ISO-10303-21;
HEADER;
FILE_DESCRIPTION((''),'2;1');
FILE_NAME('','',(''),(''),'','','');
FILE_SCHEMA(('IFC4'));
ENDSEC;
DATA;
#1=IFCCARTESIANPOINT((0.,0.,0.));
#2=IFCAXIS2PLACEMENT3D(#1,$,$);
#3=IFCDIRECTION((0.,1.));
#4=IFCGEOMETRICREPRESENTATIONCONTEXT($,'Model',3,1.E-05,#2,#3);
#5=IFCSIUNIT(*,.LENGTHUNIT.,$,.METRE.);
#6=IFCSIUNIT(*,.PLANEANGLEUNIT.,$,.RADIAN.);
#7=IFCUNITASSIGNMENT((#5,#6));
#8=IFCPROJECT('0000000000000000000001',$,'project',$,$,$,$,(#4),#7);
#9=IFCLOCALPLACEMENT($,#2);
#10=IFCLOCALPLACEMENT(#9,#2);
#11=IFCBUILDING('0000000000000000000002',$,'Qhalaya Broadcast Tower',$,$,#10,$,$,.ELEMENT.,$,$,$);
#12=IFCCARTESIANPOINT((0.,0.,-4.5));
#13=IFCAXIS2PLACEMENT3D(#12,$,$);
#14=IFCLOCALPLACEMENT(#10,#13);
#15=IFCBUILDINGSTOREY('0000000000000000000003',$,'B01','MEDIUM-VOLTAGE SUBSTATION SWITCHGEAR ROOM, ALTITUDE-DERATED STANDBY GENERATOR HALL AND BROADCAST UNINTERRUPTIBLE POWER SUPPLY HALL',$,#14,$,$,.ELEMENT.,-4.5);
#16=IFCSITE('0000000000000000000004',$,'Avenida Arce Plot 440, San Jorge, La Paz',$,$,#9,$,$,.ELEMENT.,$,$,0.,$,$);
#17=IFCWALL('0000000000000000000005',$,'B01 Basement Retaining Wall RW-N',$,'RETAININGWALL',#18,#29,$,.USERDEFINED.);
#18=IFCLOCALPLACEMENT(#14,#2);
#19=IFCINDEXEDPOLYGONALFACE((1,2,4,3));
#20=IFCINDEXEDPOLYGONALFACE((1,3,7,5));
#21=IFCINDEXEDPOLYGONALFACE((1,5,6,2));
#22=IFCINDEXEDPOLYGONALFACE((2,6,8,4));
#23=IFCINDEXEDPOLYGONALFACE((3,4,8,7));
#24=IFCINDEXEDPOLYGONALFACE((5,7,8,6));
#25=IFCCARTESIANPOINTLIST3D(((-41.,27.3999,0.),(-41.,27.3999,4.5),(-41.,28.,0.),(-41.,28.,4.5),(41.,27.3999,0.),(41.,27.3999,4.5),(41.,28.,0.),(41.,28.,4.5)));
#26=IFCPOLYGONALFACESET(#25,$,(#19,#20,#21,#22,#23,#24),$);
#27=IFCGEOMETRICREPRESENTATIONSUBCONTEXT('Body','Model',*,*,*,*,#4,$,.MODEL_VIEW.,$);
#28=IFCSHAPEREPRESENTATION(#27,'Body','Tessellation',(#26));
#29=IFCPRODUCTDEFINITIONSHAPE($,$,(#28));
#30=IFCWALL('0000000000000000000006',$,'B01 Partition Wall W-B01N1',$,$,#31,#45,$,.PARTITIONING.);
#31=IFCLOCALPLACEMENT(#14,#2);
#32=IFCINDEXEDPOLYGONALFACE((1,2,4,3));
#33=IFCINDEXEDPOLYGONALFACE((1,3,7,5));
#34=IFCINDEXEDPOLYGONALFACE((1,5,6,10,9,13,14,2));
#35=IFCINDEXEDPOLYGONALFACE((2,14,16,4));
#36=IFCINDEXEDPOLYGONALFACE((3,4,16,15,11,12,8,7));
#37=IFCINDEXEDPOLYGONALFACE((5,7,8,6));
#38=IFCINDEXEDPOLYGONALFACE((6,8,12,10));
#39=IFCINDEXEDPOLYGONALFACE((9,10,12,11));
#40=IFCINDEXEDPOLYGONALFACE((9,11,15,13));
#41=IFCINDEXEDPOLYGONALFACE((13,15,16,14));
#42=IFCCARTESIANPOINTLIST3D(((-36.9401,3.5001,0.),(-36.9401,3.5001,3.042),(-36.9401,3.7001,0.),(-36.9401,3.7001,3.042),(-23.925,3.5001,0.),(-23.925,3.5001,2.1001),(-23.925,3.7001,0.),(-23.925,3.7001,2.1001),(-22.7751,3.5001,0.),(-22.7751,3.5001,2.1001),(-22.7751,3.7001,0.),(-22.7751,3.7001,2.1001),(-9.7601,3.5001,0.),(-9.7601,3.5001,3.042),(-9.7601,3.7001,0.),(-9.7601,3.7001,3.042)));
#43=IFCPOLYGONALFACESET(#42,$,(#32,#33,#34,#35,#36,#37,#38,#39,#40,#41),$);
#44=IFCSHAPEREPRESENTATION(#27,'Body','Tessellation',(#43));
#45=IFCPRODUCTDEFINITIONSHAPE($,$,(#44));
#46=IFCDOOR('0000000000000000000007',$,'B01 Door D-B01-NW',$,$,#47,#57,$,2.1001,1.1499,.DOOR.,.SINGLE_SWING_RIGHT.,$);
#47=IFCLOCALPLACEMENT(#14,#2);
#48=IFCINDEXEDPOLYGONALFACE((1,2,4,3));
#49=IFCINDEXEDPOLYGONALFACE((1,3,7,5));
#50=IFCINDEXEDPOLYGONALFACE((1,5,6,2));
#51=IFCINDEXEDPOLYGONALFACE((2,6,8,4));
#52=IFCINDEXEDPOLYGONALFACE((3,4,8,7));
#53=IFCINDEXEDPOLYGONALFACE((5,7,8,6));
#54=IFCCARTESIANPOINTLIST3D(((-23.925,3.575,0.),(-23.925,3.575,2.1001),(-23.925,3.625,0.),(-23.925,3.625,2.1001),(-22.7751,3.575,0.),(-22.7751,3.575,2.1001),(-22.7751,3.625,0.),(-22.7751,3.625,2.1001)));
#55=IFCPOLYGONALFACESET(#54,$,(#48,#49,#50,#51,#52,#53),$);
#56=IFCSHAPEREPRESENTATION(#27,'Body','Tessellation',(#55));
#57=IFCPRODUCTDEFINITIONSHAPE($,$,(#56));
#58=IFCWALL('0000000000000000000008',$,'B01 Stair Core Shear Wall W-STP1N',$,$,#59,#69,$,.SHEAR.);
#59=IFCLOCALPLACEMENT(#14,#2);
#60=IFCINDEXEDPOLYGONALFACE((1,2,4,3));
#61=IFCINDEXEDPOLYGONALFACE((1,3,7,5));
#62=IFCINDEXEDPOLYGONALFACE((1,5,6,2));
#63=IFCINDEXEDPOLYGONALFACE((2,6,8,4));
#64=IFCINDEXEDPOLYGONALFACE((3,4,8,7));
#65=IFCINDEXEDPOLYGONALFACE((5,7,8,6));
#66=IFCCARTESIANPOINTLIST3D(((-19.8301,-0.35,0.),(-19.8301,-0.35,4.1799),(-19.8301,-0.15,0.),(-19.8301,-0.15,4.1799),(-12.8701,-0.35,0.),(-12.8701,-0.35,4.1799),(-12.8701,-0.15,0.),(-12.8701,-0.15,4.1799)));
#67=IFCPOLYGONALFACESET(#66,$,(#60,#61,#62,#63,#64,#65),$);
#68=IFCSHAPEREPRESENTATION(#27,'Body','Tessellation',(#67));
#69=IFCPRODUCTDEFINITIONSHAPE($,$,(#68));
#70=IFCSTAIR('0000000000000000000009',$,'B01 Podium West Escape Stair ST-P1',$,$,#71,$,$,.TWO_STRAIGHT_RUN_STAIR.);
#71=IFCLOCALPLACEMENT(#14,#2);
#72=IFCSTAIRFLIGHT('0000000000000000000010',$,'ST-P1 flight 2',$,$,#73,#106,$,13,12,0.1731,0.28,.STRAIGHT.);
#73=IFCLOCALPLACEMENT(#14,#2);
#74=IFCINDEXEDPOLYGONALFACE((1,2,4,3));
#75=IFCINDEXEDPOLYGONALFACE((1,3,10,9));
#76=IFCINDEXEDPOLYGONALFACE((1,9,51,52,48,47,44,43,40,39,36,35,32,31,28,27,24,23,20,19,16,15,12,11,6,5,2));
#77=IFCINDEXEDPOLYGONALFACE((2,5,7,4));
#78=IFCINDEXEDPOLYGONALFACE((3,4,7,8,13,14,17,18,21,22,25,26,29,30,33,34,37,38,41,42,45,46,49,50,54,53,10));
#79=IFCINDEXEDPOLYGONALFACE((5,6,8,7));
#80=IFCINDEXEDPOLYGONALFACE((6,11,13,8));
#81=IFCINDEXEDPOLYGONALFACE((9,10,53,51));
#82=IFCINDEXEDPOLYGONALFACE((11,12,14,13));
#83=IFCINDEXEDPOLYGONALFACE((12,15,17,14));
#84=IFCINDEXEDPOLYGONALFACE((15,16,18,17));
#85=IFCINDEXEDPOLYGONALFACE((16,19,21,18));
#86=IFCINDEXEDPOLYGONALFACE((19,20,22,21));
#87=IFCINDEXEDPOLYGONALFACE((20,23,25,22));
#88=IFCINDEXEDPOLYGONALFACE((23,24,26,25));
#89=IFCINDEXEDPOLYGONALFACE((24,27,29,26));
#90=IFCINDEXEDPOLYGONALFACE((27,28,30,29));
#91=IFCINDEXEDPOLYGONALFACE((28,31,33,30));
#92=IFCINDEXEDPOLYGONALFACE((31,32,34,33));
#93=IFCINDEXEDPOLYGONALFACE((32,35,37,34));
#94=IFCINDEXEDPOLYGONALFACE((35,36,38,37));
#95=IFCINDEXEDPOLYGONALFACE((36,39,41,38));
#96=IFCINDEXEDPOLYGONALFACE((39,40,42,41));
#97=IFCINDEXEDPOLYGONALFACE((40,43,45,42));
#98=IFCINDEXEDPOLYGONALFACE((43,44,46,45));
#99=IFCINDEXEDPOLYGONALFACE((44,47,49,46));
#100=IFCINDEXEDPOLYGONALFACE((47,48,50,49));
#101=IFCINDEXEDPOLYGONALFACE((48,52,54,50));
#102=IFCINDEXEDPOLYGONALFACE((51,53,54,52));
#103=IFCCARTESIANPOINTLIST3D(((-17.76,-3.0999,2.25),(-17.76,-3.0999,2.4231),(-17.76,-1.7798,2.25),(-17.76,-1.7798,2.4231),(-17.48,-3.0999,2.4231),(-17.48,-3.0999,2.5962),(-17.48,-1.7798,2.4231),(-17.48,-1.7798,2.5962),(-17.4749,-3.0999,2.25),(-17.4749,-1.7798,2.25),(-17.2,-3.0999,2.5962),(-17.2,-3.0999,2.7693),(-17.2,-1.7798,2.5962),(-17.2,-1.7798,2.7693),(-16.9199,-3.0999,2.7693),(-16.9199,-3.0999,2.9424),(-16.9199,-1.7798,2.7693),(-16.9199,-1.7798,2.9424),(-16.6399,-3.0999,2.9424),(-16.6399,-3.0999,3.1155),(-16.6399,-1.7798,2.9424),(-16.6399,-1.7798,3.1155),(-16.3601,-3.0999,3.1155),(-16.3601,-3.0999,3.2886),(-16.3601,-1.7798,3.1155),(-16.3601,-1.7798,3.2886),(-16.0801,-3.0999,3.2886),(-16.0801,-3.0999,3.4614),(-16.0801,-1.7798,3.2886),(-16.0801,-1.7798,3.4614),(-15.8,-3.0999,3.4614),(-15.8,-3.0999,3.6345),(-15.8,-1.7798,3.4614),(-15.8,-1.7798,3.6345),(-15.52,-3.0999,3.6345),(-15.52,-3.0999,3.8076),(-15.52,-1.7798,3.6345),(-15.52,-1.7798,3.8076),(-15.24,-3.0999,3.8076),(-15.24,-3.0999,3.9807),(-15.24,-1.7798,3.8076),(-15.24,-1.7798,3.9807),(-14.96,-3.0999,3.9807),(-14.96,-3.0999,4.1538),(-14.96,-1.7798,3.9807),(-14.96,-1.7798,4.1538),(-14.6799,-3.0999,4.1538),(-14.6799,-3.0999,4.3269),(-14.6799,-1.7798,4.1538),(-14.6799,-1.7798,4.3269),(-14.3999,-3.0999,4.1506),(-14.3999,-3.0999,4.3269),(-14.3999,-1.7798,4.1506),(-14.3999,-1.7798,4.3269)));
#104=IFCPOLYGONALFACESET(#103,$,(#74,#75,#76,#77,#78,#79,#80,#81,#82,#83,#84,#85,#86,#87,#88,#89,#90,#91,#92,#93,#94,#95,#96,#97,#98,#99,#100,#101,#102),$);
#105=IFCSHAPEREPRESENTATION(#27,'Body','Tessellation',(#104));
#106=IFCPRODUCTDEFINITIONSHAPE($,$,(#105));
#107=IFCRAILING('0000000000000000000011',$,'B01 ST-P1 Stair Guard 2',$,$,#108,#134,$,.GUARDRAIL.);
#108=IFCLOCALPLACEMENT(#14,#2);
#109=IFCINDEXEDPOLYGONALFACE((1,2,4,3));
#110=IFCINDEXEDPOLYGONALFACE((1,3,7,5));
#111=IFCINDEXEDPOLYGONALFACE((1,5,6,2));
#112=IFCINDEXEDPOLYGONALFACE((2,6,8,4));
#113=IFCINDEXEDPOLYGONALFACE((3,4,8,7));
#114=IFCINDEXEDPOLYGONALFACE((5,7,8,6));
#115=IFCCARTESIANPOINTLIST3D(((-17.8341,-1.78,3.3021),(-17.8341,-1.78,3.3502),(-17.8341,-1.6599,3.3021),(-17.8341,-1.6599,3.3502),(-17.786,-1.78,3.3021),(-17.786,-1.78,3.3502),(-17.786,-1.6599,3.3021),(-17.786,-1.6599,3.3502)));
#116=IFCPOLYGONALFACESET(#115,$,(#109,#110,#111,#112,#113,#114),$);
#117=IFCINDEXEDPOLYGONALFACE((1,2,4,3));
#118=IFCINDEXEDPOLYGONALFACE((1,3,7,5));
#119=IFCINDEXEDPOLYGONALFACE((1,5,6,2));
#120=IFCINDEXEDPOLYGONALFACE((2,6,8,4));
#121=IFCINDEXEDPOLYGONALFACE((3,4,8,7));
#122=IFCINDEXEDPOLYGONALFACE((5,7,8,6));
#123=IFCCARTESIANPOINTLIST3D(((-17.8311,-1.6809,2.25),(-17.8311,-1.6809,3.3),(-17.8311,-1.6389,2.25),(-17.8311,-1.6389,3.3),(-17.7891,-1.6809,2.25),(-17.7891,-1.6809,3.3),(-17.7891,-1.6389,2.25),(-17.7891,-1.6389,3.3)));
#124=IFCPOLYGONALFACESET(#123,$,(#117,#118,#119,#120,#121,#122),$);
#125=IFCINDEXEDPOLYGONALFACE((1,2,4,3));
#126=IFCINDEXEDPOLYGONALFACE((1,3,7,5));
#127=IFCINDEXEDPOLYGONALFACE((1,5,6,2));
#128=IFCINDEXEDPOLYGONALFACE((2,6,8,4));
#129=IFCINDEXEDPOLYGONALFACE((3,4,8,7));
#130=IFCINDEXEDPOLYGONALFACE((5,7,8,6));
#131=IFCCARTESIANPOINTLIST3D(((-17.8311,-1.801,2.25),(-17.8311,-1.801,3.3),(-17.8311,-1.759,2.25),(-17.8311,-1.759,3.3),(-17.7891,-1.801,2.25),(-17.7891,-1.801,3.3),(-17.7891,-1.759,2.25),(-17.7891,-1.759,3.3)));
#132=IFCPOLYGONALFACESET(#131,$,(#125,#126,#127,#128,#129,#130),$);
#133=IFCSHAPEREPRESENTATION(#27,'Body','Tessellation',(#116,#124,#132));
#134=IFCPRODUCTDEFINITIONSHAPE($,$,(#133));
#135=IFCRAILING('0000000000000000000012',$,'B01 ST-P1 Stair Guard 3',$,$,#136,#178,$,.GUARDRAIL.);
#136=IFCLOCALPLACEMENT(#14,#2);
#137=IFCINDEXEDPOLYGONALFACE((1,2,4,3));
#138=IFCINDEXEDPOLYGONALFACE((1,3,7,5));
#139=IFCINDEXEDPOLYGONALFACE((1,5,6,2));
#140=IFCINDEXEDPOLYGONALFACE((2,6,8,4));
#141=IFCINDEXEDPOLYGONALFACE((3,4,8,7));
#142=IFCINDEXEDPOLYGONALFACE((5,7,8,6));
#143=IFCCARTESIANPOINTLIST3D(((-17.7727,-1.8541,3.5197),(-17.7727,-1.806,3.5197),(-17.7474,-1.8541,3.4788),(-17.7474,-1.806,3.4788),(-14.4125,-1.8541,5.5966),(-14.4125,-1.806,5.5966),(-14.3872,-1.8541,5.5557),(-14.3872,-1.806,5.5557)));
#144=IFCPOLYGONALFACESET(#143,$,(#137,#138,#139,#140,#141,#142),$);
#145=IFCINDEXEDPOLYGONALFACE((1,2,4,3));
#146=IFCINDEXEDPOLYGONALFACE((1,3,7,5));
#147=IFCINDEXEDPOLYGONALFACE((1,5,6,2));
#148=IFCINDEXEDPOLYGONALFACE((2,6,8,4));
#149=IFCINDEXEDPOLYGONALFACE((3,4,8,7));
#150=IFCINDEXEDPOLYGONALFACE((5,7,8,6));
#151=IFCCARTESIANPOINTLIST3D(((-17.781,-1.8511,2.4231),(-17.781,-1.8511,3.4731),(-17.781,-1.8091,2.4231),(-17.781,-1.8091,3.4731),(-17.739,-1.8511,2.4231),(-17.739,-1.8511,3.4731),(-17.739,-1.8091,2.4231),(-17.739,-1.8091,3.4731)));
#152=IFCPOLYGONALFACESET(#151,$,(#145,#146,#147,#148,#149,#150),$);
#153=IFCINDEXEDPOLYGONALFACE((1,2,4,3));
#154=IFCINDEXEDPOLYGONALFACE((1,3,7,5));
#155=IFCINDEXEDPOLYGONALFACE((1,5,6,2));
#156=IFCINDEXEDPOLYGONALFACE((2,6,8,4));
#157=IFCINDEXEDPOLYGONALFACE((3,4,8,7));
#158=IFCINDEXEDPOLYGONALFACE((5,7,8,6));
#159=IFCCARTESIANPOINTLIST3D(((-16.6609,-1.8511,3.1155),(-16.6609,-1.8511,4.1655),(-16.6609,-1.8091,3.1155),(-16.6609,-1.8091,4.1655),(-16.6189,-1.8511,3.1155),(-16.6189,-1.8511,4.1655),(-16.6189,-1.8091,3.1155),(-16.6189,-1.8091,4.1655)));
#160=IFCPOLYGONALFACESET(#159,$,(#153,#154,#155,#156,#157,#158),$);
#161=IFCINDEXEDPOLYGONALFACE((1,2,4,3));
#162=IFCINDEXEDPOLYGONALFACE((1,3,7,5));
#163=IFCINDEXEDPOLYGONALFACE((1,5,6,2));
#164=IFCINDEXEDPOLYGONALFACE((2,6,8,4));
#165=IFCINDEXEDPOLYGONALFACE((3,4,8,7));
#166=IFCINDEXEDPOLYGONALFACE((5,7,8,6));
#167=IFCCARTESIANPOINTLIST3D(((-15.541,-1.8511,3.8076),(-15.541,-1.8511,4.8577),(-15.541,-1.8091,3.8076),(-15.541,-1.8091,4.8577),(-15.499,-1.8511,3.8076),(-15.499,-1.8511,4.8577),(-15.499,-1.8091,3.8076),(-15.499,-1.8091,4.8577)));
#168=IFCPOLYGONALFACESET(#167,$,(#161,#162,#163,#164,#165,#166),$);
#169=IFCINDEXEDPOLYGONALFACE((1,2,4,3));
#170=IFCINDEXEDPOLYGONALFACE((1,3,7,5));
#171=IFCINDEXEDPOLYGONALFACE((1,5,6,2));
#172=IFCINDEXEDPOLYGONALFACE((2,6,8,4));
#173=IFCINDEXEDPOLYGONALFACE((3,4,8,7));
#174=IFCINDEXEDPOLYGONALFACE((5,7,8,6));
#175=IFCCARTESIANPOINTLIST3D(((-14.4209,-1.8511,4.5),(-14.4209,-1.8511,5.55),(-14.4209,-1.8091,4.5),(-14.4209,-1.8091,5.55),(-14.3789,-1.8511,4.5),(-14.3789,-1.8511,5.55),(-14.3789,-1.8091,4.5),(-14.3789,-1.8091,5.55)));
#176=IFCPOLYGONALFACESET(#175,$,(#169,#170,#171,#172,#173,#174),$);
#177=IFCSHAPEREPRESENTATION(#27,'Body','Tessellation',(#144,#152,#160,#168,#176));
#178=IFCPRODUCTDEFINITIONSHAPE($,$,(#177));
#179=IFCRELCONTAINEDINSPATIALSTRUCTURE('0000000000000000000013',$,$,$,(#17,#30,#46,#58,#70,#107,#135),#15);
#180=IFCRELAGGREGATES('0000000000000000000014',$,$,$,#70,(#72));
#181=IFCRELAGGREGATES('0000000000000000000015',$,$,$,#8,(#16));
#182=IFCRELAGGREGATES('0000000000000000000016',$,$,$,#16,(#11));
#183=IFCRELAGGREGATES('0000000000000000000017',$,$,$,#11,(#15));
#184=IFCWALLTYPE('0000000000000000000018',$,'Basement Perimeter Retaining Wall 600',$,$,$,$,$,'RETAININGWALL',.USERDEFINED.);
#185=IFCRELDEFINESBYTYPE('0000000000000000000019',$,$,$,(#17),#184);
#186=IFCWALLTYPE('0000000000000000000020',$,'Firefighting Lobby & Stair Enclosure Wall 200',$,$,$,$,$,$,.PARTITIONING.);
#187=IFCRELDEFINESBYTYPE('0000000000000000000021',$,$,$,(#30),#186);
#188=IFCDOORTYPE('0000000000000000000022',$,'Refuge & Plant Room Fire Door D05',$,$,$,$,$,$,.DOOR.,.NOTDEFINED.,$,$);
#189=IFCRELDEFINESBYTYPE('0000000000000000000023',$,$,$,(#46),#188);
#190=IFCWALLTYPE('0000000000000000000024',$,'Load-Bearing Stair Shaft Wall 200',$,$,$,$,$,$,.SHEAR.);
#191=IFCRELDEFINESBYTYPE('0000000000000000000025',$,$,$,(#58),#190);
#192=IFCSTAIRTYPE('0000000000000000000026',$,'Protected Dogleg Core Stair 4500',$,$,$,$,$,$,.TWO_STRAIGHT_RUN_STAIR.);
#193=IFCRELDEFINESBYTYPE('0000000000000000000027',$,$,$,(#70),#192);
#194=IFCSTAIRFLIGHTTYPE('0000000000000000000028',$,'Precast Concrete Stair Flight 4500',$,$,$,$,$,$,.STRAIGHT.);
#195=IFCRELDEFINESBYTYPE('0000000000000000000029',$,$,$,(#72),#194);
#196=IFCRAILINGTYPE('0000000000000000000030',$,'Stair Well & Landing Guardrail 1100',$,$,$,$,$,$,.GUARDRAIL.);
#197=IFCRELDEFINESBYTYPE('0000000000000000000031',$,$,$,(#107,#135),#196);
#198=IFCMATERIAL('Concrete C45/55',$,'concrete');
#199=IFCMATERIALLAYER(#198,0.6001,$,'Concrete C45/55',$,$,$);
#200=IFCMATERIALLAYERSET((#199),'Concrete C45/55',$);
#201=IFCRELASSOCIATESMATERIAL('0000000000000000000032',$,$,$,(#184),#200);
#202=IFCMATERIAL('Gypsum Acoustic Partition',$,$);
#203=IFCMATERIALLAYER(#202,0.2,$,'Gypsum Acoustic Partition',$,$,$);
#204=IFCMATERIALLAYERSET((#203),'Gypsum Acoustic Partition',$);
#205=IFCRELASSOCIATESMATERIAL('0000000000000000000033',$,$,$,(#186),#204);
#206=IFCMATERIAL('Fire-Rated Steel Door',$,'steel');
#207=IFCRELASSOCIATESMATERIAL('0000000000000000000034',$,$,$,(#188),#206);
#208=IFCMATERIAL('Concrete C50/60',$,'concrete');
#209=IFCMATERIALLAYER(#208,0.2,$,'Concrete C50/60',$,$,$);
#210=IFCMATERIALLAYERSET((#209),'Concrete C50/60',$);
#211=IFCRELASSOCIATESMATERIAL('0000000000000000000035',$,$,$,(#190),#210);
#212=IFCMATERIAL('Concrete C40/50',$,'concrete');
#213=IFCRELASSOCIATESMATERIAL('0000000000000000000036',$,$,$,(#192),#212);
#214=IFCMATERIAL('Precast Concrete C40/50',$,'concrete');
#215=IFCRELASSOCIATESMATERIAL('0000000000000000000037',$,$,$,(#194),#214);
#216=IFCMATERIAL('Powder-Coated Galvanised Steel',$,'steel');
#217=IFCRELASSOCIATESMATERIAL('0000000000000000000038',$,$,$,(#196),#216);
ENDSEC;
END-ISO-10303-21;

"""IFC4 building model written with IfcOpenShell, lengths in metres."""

from ifc_helpers import new_model, si_unit, direction, frame, frame_2d, origin, origin_2d, place, context, subcontext, project, spatial, polyline, rectangle, outline, extrude, material, layer, layer_set, type_object, element, fill, aggregate, save


model = new_model("IFC4")

# Units and contexts
model_context = context("Model", 3, precision=1e-05, world=origin(), true_north=direction((0.0, 1.0)))
body_context = subcontext(model_context, "Body", "Model", "MODEL_VIEW")
ifc_project = project(units=[si_unit("LENGTHUNIT", "METRE"), si_unit("PLANEANGLEUNIT", "RADIAN")], contexts=[model_context])

# Site, building, storey
site_placement = place(None, origin())
site = spatial("IfcSite", under=ifc_project, at=site_placement, Name="Avenida Arce Plot 440, San Jorge, La Paz", CompositionType="ELEMENT", RefElevation=0.0)
building_placement = place(site_placement, origin())
building = spatial("IfcBuilding", under=site, at=building_placement, Name="Qhalaya Broadcast Tower", CompositionType="ELEMENT")
storey_placement = place(building_placement, frame((0.0, 0.0, -4.5)))
storey = spatial("IfcBuildingStorey", under=building, at=storey_placement, Name="B01", Description="MEDIUM-VOLTAGE SUBSTATION SWITCHGEAR ROOM, ALTITUDE-DERATED STANDBY GENERATOR HALL AND BROADCAST UNINTERRUPTIBLE POWER SUPPLY HALL", CompositionType="ELEMENT", Elevation=-4.5)

# Wall
ifc_material_1 = material(Name="Concrete C45/55", Category="concrete")
ifc_layer_1 = layer(ifc_material_1, 0.6001, Name="Concrete C45/55")
ifc_layer_set_1 = layer_set([ifc_layer_1], Name="Concrete C45/55")
wall_type_1 = type_object("IfcWallType", Name="Basement Perimeter Retaining Wall 600", ElementType="RETAININGWALL", PredefinedType="USERDEFINED", material=ifc_layer_set_1)
wall_1_placement = place(storey_placement, frame((-41.0, 27.7, 0.0), z_axis=(0.0, 0.0, 1.0), x_axis=(1.0, 0.0, 0.0)))
element("IfcWall", 1, at=wall_1_placement, inside=storey, type_object=wall_type_1, Name="B01 Basement Retaining Wall RW-N", ObjectType="RETAININGWALL", PredefinedType="USERDEFINED", context=body_context, shape_type="SweptSolid", body=[
    extrude(rectangle(XDim=82.0, YDim=0.6001, at=frame_2d((41.0, 0.0))), origin(), (0.0, 0.0, 1.0), 4.5),
])

# Wall, opening, door
ifc_material_2 = material(Name="Gypsum Acoustic Partition")
ifc_layer_2 = layer(ifc_material_2, 0.2, Name="Gypsum Acoustic Partition")
ifc_layer_set_2 = layer_set([ifc_layer_2], Name="Gypsum Acoustic Partition")
wall_type_2 = type_object("IfcWallType", Name="Firefighting Lobby & Stair Enclosure Wall 200", PredefinedType="PARTITIONING", material=ifc_layer_set_2)
wall_2_placement = place(storey_placement, frame((-36.9399, 3.6001, 0.0), z_axis=(0.0, 0.0, 1.0), x_axis=(1.0, 0.0, 0.0)))
wall_2 = element("IfcWall", 2, at=wall_2_placement, inside=storey, type_object=wall_type_2, Name="B01 Partition Wall W-B01N1", PredefinedType="PARTITIONING", context=body_context, shape_type="SweptSolid", body=[
    extrude(rectangle(XDim=27.1799, YDim=0.2, at=frame_2d((13.5898, 0.0))), origin(), (0.0, 0.0, 1.0), 3.042),
])
opening_placement = place(wall_2_placement, frame((13.0149, 0.0, 0.0)))
opening = element("IfcOpeningElement", 3, at=opening_placement, cuts=wall_2, PredefinedType="OPENING", context=body_context, shape_type="SweptSolid", body=[
    extrude(rectangle(XDim=1.1499, YDim=2.1001, at=frame_2d((0.575, 1.05))), frame((0.0, 0.1121, 0.0), z_axis=(0.0, -1.0, 0.0), x_axis=(1.0, 0.0, 0.0)), (0.0, 0.0, 1.0), 0.2239),
])
ifc_material_3 = material(Name="Fire-Rated Steel Door", Category="steel")
door_type = type_object("IfcDoorType", Name="Refuge & Plant Room Fire Door D05", OperationType="NOTDEFINED", PredefinedType="DOOR", material=ifc_material_3)
door_placement = place(opening_placement, origin())
door = element("IfcDoor", 4, at=door_placement, inside=storey, type_object=door_type, Name="B01 Door D-B01-NW", OperationType="SINGLE_SWING_RIGHT", OverallHeight=2.1001, OverallWidth=1.1499, PredefinedType="DOOR", context=body_context, shape_type="SweptSolid", body=[
    extrude(rectangle(XDim=1.1499, YDim=2.1001, at=frame_2d((0.575, 1.05))), frame((0.0, 0.0249, 0.0), z_axis=(0.0, -1.0, 0.0), x_axis=(1.0, 0.0, 0.0)), (0.0, 0.0, 1.0), 0.05),
])
fill(opening, door)

# Wall
ifc_material_4 = material(Name="Concrete C50/60", Category="concrete")
ifc_layer_3 = layer(ifc_material_4, 0.2, Name="Concrete C50/60")
ifc_layer_set_3 = layer_set([ifc_layer_3], Name="Concrete C50/60")
wall_type_3 = type_object("IfcWallType", Name="Load-Bearing Stair Shaft Wall 200", PredefinedType="SHEAR", material=ifc_layer_set_3)
wall_3_placement = place(storey_placement, frame((-19.8301, -0.25, 0.0), z_axis=(0.0, 0.0, 1.0), x_axis=(1.0, 0.0, 0.0)))
element("IfcWall", 5, at=wall_3_placement, inside=storey, type_object=wall_type_3, Name="B01 Stair Core Shear Wall W-STP1N", PredefinedType="SHEAR", context=body_context, shape_type="SweptSolid", body=[
    extrude(rectangle(XDim=6.96, YDim=0.2, at=frame_2d((3.48, 0.0))), origin(), (0.0, 0.0, 1.0), 4.1799),
])

# Stair, stair flight
ifc_material_5 = material(Name="Concrete C40/50", Category="concrete")
stair_type = type_object("IfcStairType", Name="Protected Dogleg Core Stair 4500", PredefinedType="TWO_STRAIGHT_RUN_STAIR", material=ifc_material_5)
stair_placement = place(storey_placement, origin())
stair = element("IfcStair", 6, at=stair_placement, inside=storey, type_object=stair_type, Name="B01 Podium West Escape Stair ST-P1", PredefinedType="TWO_STRAIGHT_RUN_STAIR")
ifc_material_6 = material(Name="Precast Concrete C40/50", Category="concrete")
stair_flight_type = type_object("IfcStairFlightType", Name="Precast Concrete Stair Flight 4500", PredefinedType="STRAIGHT", material=ifc_material_6)
stair_flight_placement = place(storey_placement, frame((-17.76, -2.4399, 2.25), z_axis=(0.0, 0.0, 1.0), x_axis=(1.0, 0.0, 0.0)))
stair_flight = element("IfcStairFlight", 7, at=stair_flight_placement, type_object=stair_flight_type, Name="ST-P1 flight 2", NumberOfRisers=13, NumberOfTreads=12, PredefinedType="STRAIGHT", RiserHeight=0.1731, TreadLength=0.28, context=body_context, shape_type="SweptSolid", body=[
    extrude(outline(polyline([(0.0, 0.0), (0.0, 0.1731), (0.28, 0.1731), (0.28, 0.3462), (0.5601, 0.3462), (0.5601, 0.5193), (0.8401, 0.5193), (0.8401, 0.6924), (1.1201, 0.6924), (1.1201, 0.8655), (1.3999, 0.8655), (1.3999, 1.0386), (1.6799, 1.0386), (1.6799, 1.2114), (1.96, 1.2114), (1.96, 1.3845), (2.24, 1.3845), (2.24, 1.5576), (2.52, 1.5576), (2.52, 1.7307), (2.8, 1.7307), (2.8, 1.9038), (3.0801, 1.9038), (3.0801, 2.0769), (3.3601, 2.0769), (3.3601, 2.25), (3.3601, 1.9006), (0.2852, 0.0), (0.0, 0.0)])), frame((0.0, 0.6602, 0.0), z_axis=(0.0, -1.0, 0.0), x_axis=(1.0, 0.0, 0.0)), (0.0, 0.0, 1.0), 1.3201),
])
aggregate(stair, [stair_flight])

# Railings
ifc_material_7 = material(Name="Powder-Coated Galvanised Steel", Category="steel")
railing_type = type_object("IfcRailingType", Name="Stair Well & Landing Guardrail 1100", PredefinedType="GUARDRAIL", material=ifc_material_7)
railing_1_placement = place(storey_placement, frame((-17.8101, -1.6599, 2.25)))
element("IfcRailing", 8, at=railing_1_placement, inside=storey, type_object=railing_type, Name="B01 ST-P1 Stair Guard 2", PredefinedType="GUARDRAIL", context=body_context, shape_type="SweptSolid", body=[
    extrude(rectangle(XDim=0.0481, YDim=0.0481, at=origin_2d()), frame((0.0, 0.0, 1.0762), z_axis=(0.0, -1.0, 0.0), x_axis=(1.0, 0.0, 0.0)), (0.0, 0.0, 1.0), 0.1201),
    extrude(rectangle(XDim=0.042, YDim=0.042, at=origin_2d()), origin(), (0.0, 0.0, 1.0), 1.05),
    extrude(rectangle(XDim=0.042, YDim=0.042, at=origin_2d()), frame((0.0, -0.1201, 0.0)), (0.0, 0.0, 1.0), 1.05),
])
railing_2_placement = place(storey_placement, frame((-17.76, -1.8301, 2.4231)))
element("IfcRailing", 9, at=railing_2_placement, inside=storey, type_object=railing_type, Name="B01 ST-P1 Stair Guard 3", PredefinedType="GUARDRAIL", context=body_context, shape_type="SweptSolid", body=[
    extrude(rectangle(XDim=0.0481, YDim=0.0481, at=origin_2d()), frame((0.0, 0.0, 1.0762), z_axis=(0.850623, 0.0, 0.525776), x_axis=(0.0, 1.0, 0.0)), (0.0, 0.0, 1.0), 3.9502),
    extrude(rectangle(XDim=0.042, YDim=0.042, at=origin_2d()), origin(), (0.0, 0.0, 1.0), 1.05),
    extrude(rectangle(XDim=0.042, YDim=0.042, at=origin_2d()), frame((1.1201, 0.0, 0.6924)), (0.0, 0.0, 1.0), 1.05),
    extrude(rectangle(XDim=0.042, YDim=0.042, at=origin_2d()), frame((2.24, 0.0, 1.3845)), (0.0, 0.0, 1.0), 1.05),
    extrude(rectangle(XDim=0.042, YDim=0.042, at=origin_2d()), frame((3.3601, 0.0, 2.0769)), (0.0, 0.0, 1.0), 1.05),
])

save(model, "model.ifc")
